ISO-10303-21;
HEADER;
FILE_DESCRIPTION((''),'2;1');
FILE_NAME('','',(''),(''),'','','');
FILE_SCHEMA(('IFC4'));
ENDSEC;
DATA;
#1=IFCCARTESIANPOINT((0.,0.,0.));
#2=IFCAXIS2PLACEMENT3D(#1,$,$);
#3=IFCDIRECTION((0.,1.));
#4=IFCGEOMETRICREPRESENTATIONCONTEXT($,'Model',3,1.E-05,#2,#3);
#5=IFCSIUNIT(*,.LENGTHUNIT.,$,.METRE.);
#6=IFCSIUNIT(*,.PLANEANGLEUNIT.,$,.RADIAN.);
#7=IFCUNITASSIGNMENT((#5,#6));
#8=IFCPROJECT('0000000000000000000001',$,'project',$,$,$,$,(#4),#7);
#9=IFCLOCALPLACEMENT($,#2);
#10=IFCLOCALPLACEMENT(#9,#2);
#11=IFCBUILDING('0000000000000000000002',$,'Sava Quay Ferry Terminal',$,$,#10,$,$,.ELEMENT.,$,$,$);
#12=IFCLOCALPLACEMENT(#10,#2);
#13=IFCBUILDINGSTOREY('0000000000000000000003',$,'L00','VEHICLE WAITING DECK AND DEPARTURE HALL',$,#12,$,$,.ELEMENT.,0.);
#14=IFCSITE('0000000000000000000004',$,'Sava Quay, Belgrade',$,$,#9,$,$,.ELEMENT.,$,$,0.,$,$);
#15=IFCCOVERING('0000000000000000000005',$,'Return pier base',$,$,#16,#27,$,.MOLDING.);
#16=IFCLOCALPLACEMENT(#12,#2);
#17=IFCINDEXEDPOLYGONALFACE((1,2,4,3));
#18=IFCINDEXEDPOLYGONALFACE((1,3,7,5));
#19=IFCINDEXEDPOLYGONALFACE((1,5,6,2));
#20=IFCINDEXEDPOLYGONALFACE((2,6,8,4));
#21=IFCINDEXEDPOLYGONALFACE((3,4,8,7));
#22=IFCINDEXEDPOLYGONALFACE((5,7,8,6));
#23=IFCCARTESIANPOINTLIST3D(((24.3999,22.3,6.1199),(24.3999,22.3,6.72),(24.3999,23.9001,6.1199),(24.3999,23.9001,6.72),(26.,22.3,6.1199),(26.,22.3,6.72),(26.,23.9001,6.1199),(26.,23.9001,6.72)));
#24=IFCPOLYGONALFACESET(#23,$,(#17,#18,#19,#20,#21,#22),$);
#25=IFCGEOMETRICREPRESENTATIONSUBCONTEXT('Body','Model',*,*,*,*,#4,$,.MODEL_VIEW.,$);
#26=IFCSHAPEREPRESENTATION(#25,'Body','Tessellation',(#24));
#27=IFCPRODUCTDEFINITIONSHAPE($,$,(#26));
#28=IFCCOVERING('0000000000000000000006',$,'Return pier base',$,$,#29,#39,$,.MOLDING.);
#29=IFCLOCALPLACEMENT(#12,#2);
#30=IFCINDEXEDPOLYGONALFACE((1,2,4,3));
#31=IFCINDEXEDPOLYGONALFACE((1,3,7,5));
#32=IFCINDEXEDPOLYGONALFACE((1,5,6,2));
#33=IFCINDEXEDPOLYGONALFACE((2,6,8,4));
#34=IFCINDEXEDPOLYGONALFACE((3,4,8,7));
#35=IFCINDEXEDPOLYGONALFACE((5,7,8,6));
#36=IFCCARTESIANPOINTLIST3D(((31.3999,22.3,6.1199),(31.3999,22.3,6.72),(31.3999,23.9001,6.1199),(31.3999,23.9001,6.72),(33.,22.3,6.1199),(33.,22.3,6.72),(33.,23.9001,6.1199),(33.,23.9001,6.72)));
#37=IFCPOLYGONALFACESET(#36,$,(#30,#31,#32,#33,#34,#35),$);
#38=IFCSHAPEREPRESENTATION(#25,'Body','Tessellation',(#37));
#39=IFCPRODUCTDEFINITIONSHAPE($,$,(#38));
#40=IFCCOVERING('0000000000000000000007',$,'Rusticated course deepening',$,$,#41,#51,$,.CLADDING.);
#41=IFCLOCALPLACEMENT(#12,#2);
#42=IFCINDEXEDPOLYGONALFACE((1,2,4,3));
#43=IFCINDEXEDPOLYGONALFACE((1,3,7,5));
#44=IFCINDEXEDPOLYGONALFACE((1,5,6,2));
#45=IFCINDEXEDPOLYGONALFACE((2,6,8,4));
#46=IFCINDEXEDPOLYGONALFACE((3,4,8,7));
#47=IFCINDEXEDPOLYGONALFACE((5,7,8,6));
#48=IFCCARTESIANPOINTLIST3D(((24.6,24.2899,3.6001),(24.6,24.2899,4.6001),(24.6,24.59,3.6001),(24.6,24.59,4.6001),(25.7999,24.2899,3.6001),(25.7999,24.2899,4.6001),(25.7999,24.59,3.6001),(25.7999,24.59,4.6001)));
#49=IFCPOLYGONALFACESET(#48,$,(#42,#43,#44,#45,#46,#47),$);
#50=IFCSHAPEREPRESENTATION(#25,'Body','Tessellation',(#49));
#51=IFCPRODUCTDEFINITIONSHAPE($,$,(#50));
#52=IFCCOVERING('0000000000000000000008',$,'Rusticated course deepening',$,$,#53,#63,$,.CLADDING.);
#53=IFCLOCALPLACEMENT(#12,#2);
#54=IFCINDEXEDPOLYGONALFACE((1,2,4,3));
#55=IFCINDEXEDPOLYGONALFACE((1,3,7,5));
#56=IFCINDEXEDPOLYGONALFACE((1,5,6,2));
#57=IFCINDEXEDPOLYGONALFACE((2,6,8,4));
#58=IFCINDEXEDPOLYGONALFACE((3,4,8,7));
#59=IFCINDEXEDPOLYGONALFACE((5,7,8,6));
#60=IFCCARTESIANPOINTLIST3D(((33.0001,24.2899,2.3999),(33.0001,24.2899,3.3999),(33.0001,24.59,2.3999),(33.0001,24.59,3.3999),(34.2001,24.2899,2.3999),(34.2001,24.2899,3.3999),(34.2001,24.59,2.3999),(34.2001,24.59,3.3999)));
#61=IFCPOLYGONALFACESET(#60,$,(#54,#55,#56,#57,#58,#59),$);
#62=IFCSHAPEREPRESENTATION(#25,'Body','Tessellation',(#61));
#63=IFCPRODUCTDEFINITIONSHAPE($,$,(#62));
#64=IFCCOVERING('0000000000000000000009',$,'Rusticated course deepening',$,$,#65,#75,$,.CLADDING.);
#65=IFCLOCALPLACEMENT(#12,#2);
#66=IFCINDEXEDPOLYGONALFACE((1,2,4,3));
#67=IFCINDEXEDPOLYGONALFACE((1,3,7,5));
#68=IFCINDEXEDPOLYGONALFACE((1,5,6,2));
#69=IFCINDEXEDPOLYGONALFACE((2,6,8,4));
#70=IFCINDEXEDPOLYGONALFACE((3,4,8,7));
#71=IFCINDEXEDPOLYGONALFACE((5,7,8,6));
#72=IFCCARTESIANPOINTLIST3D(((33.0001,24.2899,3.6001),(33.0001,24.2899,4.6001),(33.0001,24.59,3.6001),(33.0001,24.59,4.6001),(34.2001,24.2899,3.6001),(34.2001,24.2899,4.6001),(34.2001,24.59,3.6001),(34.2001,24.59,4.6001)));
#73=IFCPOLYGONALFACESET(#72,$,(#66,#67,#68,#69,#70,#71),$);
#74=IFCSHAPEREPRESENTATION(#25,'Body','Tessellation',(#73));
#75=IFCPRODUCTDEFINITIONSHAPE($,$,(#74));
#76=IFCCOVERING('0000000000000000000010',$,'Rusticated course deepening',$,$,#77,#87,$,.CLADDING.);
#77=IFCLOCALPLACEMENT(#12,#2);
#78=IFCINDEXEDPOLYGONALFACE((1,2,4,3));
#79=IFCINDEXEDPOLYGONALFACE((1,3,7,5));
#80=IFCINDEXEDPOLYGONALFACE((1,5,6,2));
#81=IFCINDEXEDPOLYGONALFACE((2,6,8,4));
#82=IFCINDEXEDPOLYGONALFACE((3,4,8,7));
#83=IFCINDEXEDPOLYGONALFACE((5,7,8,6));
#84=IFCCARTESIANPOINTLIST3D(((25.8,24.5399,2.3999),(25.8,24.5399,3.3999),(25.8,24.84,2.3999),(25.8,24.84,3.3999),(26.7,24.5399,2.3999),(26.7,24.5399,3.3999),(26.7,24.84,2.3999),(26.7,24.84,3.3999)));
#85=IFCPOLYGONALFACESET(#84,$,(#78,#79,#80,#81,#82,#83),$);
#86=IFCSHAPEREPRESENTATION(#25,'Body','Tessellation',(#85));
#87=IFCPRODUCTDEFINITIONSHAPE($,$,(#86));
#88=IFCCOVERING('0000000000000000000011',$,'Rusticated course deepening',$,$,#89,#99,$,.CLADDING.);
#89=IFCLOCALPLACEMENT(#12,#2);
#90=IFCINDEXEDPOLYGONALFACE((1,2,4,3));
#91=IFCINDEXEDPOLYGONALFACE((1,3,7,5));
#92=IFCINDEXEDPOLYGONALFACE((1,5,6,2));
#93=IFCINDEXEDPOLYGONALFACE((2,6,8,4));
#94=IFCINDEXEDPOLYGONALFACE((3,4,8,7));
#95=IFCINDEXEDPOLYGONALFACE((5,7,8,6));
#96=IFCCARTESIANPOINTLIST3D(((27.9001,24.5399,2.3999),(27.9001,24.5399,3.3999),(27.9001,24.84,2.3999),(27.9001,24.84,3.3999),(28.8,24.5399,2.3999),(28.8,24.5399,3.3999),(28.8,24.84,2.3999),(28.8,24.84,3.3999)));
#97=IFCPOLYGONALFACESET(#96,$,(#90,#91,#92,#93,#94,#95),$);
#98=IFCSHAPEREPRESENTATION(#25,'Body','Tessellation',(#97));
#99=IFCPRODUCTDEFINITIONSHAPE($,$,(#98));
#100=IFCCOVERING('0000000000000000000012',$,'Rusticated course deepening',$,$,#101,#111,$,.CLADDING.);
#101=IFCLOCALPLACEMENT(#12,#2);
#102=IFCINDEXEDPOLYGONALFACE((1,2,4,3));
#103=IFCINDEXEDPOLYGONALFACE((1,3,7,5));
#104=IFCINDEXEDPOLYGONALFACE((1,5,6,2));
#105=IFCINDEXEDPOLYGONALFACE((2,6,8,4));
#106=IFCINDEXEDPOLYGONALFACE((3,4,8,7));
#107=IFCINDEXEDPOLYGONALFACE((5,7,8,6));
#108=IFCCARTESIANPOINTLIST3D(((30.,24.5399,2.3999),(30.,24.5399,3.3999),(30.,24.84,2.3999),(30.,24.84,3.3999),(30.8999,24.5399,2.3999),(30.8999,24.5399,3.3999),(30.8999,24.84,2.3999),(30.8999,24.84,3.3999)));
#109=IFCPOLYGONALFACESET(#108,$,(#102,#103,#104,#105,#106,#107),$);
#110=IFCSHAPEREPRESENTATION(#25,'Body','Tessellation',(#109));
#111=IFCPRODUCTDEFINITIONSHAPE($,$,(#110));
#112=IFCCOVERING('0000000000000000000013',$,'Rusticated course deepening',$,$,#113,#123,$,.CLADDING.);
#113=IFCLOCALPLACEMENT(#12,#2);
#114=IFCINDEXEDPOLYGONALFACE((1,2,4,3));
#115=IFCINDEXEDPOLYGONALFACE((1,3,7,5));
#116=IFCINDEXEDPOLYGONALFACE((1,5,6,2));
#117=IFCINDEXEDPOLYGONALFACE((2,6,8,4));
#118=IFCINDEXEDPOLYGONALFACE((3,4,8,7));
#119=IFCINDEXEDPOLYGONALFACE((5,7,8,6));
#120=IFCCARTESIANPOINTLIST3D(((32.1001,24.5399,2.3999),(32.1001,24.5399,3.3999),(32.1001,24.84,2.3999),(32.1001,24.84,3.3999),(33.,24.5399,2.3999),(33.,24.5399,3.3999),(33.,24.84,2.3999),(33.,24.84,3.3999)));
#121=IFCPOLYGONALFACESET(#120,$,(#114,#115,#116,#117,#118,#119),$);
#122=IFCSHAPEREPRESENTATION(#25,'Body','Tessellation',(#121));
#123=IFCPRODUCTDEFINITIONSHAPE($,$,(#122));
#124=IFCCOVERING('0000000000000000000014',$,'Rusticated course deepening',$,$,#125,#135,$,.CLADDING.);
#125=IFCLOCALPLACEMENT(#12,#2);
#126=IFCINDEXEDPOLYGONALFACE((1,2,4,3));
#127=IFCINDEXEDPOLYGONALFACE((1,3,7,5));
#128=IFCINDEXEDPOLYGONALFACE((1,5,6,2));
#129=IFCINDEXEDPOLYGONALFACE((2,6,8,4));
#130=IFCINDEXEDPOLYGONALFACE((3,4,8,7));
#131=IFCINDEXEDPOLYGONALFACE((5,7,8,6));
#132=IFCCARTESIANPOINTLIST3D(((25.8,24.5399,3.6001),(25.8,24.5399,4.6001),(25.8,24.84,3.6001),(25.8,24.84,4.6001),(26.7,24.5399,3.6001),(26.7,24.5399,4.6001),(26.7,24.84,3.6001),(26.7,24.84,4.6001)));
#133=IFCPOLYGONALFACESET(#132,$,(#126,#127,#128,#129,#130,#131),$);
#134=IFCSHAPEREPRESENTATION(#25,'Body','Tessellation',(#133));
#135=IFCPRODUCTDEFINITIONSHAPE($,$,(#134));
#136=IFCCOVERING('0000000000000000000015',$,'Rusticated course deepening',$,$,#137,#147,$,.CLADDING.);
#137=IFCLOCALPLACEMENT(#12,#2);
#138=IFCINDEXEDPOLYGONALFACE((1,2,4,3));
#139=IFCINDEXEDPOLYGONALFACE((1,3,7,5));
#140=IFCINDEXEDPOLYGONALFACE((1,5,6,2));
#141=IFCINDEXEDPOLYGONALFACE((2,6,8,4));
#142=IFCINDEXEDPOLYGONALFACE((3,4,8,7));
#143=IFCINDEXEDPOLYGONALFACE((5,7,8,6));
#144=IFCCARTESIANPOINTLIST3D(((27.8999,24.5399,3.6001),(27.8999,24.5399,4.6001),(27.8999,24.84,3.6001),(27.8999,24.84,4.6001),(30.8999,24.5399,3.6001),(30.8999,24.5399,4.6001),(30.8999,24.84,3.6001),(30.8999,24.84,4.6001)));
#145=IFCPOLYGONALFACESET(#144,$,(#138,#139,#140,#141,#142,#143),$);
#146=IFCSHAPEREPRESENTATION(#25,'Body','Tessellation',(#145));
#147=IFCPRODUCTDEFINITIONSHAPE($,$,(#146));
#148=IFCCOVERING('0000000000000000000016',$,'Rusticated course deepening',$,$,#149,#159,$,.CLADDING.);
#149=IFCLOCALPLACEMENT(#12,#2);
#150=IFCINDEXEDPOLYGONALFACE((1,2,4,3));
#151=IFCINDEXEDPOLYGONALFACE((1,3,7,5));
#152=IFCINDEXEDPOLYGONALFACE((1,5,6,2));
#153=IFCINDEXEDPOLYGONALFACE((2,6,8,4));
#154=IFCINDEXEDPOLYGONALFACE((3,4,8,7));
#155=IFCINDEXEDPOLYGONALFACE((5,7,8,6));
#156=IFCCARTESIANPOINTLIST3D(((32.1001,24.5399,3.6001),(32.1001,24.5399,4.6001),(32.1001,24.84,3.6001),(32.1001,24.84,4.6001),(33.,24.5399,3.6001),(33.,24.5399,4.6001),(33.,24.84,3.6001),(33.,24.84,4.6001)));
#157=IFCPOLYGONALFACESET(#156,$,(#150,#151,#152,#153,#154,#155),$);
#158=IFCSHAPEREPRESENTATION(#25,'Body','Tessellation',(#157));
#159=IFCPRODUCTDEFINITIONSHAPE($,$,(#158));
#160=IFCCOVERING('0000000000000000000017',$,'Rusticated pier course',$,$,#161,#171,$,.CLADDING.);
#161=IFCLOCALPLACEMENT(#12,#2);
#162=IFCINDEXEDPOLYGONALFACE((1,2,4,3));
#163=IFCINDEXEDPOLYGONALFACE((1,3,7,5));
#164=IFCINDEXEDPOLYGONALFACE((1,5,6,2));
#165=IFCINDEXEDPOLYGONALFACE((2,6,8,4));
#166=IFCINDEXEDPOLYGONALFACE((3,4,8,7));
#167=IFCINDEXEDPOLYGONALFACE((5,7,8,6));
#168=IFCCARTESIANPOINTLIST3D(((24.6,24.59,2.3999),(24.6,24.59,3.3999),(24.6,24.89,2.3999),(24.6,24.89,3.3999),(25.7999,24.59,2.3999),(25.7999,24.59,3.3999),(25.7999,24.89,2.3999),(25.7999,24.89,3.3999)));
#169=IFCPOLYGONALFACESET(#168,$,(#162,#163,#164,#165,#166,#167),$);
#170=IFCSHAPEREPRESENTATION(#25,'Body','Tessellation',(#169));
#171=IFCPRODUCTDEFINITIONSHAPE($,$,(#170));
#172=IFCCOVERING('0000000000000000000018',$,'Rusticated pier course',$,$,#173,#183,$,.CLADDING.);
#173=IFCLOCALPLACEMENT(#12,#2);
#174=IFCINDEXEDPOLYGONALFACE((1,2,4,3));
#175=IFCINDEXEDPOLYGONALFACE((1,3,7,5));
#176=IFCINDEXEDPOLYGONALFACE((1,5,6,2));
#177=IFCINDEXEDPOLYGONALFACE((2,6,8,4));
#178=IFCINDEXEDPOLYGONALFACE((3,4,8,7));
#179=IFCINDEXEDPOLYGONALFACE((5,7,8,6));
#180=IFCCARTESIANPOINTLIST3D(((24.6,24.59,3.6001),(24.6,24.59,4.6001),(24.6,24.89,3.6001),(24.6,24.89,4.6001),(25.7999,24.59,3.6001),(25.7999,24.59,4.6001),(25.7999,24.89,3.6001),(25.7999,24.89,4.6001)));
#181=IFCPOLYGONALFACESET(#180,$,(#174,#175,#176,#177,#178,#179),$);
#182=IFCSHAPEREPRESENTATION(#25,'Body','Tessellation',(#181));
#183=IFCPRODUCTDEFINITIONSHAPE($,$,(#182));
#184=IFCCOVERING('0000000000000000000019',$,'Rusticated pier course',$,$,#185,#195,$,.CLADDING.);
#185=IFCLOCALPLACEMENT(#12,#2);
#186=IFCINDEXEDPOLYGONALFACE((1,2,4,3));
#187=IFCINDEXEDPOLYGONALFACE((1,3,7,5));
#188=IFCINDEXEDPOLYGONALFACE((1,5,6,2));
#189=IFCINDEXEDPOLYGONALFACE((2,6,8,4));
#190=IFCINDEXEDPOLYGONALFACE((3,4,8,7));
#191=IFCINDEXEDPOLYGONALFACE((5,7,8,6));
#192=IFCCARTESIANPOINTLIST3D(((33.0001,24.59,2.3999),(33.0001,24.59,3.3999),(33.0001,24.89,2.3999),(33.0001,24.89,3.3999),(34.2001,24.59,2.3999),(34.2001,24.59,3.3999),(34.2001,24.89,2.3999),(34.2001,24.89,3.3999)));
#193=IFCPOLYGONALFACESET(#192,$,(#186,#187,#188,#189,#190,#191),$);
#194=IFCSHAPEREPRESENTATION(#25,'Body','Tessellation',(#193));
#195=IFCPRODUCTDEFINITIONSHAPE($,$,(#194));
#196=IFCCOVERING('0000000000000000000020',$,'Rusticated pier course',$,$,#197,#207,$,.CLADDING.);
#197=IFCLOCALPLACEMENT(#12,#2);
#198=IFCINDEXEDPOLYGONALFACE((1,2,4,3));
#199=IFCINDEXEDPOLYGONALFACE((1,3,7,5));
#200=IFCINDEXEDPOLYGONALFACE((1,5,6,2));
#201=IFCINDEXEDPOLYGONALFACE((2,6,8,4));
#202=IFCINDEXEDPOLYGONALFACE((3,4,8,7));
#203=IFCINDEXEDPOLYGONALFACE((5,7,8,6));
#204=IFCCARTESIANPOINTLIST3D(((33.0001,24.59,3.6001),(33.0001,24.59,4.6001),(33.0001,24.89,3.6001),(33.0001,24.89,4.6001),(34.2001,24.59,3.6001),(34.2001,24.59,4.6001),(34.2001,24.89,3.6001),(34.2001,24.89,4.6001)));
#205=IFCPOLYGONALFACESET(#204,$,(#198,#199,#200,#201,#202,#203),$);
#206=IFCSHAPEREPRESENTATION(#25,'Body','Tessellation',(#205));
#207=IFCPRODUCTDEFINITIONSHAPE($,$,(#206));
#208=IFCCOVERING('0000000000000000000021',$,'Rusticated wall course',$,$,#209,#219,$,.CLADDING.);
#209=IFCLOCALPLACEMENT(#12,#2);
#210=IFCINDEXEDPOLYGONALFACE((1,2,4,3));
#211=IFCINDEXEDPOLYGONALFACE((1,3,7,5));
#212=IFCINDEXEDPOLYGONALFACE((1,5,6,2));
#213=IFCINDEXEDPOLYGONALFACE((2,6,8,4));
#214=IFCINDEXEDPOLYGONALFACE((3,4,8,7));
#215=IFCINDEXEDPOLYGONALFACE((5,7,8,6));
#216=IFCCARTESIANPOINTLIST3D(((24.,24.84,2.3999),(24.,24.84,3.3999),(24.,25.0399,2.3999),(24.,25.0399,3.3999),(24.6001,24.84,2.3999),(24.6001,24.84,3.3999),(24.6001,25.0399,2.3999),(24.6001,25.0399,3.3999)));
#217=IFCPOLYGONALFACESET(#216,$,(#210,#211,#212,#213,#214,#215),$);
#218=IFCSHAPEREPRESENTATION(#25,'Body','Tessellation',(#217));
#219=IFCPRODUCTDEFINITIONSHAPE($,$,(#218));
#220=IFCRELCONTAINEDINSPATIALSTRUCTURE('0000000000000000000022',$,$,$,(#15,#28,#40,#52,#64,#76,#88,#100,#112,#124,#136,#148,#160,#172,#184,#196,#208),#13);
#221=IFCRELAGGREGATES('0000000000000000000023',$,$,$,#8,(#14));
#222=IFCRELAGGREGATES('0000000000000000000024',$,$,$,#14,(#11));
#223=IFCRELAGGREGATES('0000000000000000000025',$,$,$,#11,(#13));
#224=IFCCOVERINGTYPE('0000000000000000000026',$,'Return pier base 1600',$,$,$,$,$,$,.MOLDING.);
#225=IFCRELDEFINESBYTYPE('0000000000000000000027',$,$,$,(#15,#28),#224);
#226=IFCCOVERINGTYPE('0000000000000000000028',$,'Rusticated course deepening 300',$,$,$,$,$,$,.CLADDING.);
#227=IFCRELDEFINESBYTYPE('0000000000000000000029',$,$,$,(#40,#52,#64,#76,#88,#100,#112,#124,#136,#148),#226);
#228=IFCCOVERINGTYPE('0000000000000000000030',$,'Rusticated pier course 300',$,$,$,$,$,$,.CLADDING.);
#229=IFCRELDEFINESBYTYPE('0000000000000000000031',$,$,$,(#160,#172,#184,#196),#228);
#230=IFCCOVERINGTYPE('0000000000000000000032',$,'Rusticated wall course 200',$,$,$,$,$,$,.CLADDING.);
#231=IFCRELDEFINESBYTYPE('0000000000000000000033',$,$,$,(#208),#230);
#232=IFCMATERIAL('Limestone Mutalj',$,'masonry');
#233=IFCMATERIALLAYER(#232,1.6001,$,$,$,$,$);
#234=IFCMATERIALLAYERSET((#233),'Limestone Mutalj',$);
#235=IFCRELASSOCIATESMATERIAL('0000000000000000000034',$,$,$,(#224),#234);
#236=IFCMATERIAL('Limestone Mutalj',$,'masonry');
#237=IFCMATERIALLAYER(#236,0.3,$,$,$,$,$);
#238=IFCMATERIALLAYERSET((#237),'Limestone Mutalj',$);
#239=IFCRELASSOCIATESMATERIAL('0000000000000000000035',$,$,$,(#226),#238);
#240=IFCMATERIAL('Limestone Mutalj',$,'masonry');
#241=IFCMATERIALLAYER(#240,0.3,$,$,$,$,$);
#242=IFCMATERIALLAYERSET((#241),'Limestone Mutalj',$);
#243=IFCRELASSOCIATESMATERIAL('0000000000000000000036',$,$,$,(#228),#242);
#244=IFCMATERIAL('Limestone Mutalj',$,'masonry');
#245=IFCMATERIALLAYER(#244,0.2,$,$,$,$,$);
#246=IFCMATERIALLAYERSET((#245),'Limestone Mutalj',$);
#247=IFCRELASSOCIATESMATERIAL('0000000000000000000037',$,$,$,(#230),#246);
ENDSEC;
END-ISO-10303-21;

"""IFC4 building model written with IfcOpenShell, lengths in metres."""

from ifc_helpers import new_model, si_unit, direction, frame, origin, origin_2d, place, context, subcontext, project, spatial, rectangle, extrude, material, layer, layer_set, type_object, element, save


model = new_model("IFC4")

# Units and contexts
model_context = context("Model", 3, precision=1e-05, world=origin(), true_north=direction((0.0, 1.0)))
body_context = subcontext(model_context, "Body", "Model", "MODEL_VIEW")
ifc_project = project(units=[si_unit("LENGTHUNIT", "METRE"), si_unit("PLANEANGLEUNIT", "RADIAN")], contexts=[model_context])

# Site, building, storey
site_placement = place(None, origin())
site = spatial("IfcSite", under=ifc_project, at=site_placement, Name="Sava Quay, Belgrade", CompositionType="ELEMENT", RefElevation=0.0)
building_placement = place(site_placement, origin())
building = spatial("IfcBuilding", under=site, at=building_placement, Name="Sava Quay Ferry Terminal", CompositionType="ELEMENT")
storey_placement = place(building_placement, origin())
storey = spatial("IfcBuildingStorey", under=building, at=storey_placement, Name="L00", Description="VEHICLE WAITING DECK AND DEPARTURE HALL", CompositionType="ELEMENT", Elevation=0.0)

# Coverings
ifc_material_1 = material(Name="Limestone Mutalj", Category="masonry")
ifc_layer_1 = layer(ifc_material_1, 1.6001)
ifc_layer_set_1 = layer_set([ifc_layer_1], Name="Limestone Mutalj")
covering_type_1 = type_object("IfcCoveringType", Name="Return pier base 1600", PredefinedType="MOLDING", material=ifc_layer_set_1)
for number, where, z_axis, x_axis, name in (
    (1, (25.2, 23.1001, 6.1199), (0.0, 0.0, 1.0), (1.0, 0.0, 0.0), "Return pier base"),
    (2, (32.2, 23.1001, 6.1199), (0.0, 0.0, 1.0), (1.0, 0.0, 0.0), "Return pier base"),
):
    element("IfcCovering", number, at=place(storey_placement, frame(where, z_axis=z_axis, x_axis=x_axis)), inside=storey, type_object=covering_type_1, Name=name, PredefinedType="MOLDING", context=body_context, shape_type="SweptSolid", body=[
        extrude(rectangle(XDim=1.6001, YDim=1.6001, at=origin_2d()), origin(), (0.0, 0.0, 1.0), 0.6001),
    ])
ifc_material_2 = material(Name="Limestone Mutalj", Category="masonry")
ifc_layer_2 = layer(ifc_material_2, 0.3)
ifc_layer_set_2 = layer_set([ifc_layer_2], Name="Limestone Mutalj")
covering_type_2 = type_object("IfcCoveringType", Name="Rusticated course deepening 300", PredefinedType="CLADDING", material=ifc_layer_set_2)
for number, where, z_axis, x_axis, name in (
    (3, (25.2, 24.4399, 3.6001), (0.0, 0.0, 1.0), (1.0, 0.0, 0.0), "Rusticated course deepening"),
    (4, (33.6001, 24.4399, 2.3999), (0.0, 0.0, 1.0), (1.0, 0.0, 0.0), "Rusticated course deepening"),
    (5, (33.6001, 24.4399, 3.6001), (0.0, 0.0, 1.0), (1.0, 0.0, 0.0), "Rusticated course deepening"),
):
    element("IfcCovering", number, at=place(storey_placement, frame(where, z_axis=z_axis, x_axis=x_axis)), inside=storey, type_object=covering_type_2, Name=name, PredefinedType="CLADDING", context=body_context, shape_type="SweptSolid", body=[
        extrude(rectangle(XDim=1.2, YDim=0.3, at=origin_2d()), origin(), (0.0, 0.0, 1.0), 1.0),
    ])
for number, where, z_axis, x_axis, name in (
    (6, (26.25, 24.6899, 2.3999), (0.0, 0.0, 1.0), (1.0, 0.0, 0.0), "Rusticated course deepening"),
    (7, (28.3501, 24.6899, 2.3999), (0.0, 0.0, 1.0), (1.0, 0.0, 0.0), "Rusticated course deepening"),
    (8, (30.45, 24.6899, 2.3999), (0.0, 0.0, 1.0), (1.0, 0.0, 0.0), "Rusticated course deepening"),
    (9, (32.55, 24.6899, 2.3999), (0.0, 0.0, 1.0), (1.0, 0.0, 0.0), "Rusticated course deepening"),
    (10, (26.25, 24.6899, 3.6001), (0.0, 0.0, 1.0), (1.0, 0.0, 0.0), "Rusticated course deepening"),
):
    element("IfcCovering", number, at=place(storey_placement, frame(where, z_axis=z_axis, x_axis=x_axis)), inside=storey, type_object=covering_type_2, Name=name, PredefinedType="CLADDING", context=body_context, shape_type="SweptSolid", body=[
        extrude(rectangle(XDim=0.8999, YDim=0.3, at=origin_2d()), origin(), (0.0, 0.0, 1.0), 1.0),
    ])
covering_1_placement = place(storey_placement, frame((29.3999, 24.6899, 3.6001), z_axis=(0.0, 0.0, 1.0), x_axis=(1.0, 0.0, 0.0)))
element("IfcCovering", 11, at=covering_1_placement, inside=storey, type_object=covering_type_2, Name="Rusticated course deepening", PredefinedType="CLADDING", context=body_context, shape_type="SweptSolid", body=[
    extrude(rectangle(XDim=3.0, YDim=0.3, at=origin_2d()), origin(), (0.0, 0.0, 1.0), 1.0),
])
covering_2_placement = place(storey_placement, frame((32.55, 24.6899, 3.6001), z_axis=(0.0, 0.0, 1.0), x_axis=(1.0, 0.0, 0.0)))
element("IfcCovering", 12, at=covering_2_placement, inside=storey, type_object=covering_type_2, Name="Rusticated course deepening", PredefinedType="CLADDING", context=body_context, shape_type="SweptSolid", body=[
    extrude(rectangle(XDim=0.8999, YDim=0.3, at=origin_2d()), origin(), (0.0, 0.0, 1.0), 1.0),
])
ifc_material_3 = material(Name="Limestone Mutalj", Category="masonry")
ifc_layer_3 = layer(ifc_material_3, 0.3)
ifc_layer_set_3 = layer_set([ifc_layer_3], Name="Limestone Mutalj")
covering_type_3 = type_object("IfcCoveringType", Name="Rusticated pier course 300", PredefinedType="CLADDING", material=ifc_layer_set_3)
for number, where, z_axis, x_axis, name in (
    (13, (25.2, 24.74, 2.3999), (0.0, 0.0, 1.0), (1.0, 0.0, 0.0), "Rusticated pier course"),
    (14, (25.2, 24.74, 3.6001), (0.0, 0.0, 1.0), (1.0, 0.0, 0.0), "Rusticated pier course"),
    (15, (33.6001, 24.74, 2.3999), (0.0, 0.0, 1.0), (1.0, 0.0, 0.0), "Rusticated pier course"),
    (16, (33.6001, 24.74, 3.6001), (0.0, 0.0, 1.0), (1.0, 0.0, 0.0), "Rusticated pier course"),
):
    element("IfcCovering", number, at=place(storey_placement, frame(where, z_axis=z_axis, x_axis=x_axis)), inside=storey, type_object=covering_type_3, Name=name, PredefinedType="CLADDING", context=body_context, shape_type="SweptSolid", body=[
        extrude(rectangle(XDim=1.2, YDim=0.3, at=origin_2d()), origin(), (0.0, 0.0, 1.0), 1.0),
    ])
ifc_material_4 = material(Name="Limestone Mutalj", Category="masonry")
ifc_layer_4 = layer(ifc_material_4, 0.2)
ifc_layer_set_4 = layer_set([ifc_layer_4], Name="Limestone Mutalj")
covering_type_4 = type_object("IfcCoveringType", Name="Rusticated wall course 200", PredefinedType="CLADDING", material=ifc_layer_set_4)
for number, where, z_axis, x_axis, name in (
    (17, (24.3, 24.9399, 2.3999), (0.0, 0.0, 1.0), (1.0, 0.0, 0.0), "Rusticated wall course"),
):
    element("IfcCovering", number, at=place(storey_placement, frame(where, z_axis=z_axis, x_axis=x_axis)), inside=storey, type_object=covering_type_4, Name=name, PredefinedType="CLADDING", context=body_context, shape_type="SweptSolid", body=[
        extrude(rectangle(XDim=0.6001, YDim=0.2, at=origin_2d()), origin(), (0.0, 0.0, 1.0), 1.0),
    ])

save(model, "model.ifc")
